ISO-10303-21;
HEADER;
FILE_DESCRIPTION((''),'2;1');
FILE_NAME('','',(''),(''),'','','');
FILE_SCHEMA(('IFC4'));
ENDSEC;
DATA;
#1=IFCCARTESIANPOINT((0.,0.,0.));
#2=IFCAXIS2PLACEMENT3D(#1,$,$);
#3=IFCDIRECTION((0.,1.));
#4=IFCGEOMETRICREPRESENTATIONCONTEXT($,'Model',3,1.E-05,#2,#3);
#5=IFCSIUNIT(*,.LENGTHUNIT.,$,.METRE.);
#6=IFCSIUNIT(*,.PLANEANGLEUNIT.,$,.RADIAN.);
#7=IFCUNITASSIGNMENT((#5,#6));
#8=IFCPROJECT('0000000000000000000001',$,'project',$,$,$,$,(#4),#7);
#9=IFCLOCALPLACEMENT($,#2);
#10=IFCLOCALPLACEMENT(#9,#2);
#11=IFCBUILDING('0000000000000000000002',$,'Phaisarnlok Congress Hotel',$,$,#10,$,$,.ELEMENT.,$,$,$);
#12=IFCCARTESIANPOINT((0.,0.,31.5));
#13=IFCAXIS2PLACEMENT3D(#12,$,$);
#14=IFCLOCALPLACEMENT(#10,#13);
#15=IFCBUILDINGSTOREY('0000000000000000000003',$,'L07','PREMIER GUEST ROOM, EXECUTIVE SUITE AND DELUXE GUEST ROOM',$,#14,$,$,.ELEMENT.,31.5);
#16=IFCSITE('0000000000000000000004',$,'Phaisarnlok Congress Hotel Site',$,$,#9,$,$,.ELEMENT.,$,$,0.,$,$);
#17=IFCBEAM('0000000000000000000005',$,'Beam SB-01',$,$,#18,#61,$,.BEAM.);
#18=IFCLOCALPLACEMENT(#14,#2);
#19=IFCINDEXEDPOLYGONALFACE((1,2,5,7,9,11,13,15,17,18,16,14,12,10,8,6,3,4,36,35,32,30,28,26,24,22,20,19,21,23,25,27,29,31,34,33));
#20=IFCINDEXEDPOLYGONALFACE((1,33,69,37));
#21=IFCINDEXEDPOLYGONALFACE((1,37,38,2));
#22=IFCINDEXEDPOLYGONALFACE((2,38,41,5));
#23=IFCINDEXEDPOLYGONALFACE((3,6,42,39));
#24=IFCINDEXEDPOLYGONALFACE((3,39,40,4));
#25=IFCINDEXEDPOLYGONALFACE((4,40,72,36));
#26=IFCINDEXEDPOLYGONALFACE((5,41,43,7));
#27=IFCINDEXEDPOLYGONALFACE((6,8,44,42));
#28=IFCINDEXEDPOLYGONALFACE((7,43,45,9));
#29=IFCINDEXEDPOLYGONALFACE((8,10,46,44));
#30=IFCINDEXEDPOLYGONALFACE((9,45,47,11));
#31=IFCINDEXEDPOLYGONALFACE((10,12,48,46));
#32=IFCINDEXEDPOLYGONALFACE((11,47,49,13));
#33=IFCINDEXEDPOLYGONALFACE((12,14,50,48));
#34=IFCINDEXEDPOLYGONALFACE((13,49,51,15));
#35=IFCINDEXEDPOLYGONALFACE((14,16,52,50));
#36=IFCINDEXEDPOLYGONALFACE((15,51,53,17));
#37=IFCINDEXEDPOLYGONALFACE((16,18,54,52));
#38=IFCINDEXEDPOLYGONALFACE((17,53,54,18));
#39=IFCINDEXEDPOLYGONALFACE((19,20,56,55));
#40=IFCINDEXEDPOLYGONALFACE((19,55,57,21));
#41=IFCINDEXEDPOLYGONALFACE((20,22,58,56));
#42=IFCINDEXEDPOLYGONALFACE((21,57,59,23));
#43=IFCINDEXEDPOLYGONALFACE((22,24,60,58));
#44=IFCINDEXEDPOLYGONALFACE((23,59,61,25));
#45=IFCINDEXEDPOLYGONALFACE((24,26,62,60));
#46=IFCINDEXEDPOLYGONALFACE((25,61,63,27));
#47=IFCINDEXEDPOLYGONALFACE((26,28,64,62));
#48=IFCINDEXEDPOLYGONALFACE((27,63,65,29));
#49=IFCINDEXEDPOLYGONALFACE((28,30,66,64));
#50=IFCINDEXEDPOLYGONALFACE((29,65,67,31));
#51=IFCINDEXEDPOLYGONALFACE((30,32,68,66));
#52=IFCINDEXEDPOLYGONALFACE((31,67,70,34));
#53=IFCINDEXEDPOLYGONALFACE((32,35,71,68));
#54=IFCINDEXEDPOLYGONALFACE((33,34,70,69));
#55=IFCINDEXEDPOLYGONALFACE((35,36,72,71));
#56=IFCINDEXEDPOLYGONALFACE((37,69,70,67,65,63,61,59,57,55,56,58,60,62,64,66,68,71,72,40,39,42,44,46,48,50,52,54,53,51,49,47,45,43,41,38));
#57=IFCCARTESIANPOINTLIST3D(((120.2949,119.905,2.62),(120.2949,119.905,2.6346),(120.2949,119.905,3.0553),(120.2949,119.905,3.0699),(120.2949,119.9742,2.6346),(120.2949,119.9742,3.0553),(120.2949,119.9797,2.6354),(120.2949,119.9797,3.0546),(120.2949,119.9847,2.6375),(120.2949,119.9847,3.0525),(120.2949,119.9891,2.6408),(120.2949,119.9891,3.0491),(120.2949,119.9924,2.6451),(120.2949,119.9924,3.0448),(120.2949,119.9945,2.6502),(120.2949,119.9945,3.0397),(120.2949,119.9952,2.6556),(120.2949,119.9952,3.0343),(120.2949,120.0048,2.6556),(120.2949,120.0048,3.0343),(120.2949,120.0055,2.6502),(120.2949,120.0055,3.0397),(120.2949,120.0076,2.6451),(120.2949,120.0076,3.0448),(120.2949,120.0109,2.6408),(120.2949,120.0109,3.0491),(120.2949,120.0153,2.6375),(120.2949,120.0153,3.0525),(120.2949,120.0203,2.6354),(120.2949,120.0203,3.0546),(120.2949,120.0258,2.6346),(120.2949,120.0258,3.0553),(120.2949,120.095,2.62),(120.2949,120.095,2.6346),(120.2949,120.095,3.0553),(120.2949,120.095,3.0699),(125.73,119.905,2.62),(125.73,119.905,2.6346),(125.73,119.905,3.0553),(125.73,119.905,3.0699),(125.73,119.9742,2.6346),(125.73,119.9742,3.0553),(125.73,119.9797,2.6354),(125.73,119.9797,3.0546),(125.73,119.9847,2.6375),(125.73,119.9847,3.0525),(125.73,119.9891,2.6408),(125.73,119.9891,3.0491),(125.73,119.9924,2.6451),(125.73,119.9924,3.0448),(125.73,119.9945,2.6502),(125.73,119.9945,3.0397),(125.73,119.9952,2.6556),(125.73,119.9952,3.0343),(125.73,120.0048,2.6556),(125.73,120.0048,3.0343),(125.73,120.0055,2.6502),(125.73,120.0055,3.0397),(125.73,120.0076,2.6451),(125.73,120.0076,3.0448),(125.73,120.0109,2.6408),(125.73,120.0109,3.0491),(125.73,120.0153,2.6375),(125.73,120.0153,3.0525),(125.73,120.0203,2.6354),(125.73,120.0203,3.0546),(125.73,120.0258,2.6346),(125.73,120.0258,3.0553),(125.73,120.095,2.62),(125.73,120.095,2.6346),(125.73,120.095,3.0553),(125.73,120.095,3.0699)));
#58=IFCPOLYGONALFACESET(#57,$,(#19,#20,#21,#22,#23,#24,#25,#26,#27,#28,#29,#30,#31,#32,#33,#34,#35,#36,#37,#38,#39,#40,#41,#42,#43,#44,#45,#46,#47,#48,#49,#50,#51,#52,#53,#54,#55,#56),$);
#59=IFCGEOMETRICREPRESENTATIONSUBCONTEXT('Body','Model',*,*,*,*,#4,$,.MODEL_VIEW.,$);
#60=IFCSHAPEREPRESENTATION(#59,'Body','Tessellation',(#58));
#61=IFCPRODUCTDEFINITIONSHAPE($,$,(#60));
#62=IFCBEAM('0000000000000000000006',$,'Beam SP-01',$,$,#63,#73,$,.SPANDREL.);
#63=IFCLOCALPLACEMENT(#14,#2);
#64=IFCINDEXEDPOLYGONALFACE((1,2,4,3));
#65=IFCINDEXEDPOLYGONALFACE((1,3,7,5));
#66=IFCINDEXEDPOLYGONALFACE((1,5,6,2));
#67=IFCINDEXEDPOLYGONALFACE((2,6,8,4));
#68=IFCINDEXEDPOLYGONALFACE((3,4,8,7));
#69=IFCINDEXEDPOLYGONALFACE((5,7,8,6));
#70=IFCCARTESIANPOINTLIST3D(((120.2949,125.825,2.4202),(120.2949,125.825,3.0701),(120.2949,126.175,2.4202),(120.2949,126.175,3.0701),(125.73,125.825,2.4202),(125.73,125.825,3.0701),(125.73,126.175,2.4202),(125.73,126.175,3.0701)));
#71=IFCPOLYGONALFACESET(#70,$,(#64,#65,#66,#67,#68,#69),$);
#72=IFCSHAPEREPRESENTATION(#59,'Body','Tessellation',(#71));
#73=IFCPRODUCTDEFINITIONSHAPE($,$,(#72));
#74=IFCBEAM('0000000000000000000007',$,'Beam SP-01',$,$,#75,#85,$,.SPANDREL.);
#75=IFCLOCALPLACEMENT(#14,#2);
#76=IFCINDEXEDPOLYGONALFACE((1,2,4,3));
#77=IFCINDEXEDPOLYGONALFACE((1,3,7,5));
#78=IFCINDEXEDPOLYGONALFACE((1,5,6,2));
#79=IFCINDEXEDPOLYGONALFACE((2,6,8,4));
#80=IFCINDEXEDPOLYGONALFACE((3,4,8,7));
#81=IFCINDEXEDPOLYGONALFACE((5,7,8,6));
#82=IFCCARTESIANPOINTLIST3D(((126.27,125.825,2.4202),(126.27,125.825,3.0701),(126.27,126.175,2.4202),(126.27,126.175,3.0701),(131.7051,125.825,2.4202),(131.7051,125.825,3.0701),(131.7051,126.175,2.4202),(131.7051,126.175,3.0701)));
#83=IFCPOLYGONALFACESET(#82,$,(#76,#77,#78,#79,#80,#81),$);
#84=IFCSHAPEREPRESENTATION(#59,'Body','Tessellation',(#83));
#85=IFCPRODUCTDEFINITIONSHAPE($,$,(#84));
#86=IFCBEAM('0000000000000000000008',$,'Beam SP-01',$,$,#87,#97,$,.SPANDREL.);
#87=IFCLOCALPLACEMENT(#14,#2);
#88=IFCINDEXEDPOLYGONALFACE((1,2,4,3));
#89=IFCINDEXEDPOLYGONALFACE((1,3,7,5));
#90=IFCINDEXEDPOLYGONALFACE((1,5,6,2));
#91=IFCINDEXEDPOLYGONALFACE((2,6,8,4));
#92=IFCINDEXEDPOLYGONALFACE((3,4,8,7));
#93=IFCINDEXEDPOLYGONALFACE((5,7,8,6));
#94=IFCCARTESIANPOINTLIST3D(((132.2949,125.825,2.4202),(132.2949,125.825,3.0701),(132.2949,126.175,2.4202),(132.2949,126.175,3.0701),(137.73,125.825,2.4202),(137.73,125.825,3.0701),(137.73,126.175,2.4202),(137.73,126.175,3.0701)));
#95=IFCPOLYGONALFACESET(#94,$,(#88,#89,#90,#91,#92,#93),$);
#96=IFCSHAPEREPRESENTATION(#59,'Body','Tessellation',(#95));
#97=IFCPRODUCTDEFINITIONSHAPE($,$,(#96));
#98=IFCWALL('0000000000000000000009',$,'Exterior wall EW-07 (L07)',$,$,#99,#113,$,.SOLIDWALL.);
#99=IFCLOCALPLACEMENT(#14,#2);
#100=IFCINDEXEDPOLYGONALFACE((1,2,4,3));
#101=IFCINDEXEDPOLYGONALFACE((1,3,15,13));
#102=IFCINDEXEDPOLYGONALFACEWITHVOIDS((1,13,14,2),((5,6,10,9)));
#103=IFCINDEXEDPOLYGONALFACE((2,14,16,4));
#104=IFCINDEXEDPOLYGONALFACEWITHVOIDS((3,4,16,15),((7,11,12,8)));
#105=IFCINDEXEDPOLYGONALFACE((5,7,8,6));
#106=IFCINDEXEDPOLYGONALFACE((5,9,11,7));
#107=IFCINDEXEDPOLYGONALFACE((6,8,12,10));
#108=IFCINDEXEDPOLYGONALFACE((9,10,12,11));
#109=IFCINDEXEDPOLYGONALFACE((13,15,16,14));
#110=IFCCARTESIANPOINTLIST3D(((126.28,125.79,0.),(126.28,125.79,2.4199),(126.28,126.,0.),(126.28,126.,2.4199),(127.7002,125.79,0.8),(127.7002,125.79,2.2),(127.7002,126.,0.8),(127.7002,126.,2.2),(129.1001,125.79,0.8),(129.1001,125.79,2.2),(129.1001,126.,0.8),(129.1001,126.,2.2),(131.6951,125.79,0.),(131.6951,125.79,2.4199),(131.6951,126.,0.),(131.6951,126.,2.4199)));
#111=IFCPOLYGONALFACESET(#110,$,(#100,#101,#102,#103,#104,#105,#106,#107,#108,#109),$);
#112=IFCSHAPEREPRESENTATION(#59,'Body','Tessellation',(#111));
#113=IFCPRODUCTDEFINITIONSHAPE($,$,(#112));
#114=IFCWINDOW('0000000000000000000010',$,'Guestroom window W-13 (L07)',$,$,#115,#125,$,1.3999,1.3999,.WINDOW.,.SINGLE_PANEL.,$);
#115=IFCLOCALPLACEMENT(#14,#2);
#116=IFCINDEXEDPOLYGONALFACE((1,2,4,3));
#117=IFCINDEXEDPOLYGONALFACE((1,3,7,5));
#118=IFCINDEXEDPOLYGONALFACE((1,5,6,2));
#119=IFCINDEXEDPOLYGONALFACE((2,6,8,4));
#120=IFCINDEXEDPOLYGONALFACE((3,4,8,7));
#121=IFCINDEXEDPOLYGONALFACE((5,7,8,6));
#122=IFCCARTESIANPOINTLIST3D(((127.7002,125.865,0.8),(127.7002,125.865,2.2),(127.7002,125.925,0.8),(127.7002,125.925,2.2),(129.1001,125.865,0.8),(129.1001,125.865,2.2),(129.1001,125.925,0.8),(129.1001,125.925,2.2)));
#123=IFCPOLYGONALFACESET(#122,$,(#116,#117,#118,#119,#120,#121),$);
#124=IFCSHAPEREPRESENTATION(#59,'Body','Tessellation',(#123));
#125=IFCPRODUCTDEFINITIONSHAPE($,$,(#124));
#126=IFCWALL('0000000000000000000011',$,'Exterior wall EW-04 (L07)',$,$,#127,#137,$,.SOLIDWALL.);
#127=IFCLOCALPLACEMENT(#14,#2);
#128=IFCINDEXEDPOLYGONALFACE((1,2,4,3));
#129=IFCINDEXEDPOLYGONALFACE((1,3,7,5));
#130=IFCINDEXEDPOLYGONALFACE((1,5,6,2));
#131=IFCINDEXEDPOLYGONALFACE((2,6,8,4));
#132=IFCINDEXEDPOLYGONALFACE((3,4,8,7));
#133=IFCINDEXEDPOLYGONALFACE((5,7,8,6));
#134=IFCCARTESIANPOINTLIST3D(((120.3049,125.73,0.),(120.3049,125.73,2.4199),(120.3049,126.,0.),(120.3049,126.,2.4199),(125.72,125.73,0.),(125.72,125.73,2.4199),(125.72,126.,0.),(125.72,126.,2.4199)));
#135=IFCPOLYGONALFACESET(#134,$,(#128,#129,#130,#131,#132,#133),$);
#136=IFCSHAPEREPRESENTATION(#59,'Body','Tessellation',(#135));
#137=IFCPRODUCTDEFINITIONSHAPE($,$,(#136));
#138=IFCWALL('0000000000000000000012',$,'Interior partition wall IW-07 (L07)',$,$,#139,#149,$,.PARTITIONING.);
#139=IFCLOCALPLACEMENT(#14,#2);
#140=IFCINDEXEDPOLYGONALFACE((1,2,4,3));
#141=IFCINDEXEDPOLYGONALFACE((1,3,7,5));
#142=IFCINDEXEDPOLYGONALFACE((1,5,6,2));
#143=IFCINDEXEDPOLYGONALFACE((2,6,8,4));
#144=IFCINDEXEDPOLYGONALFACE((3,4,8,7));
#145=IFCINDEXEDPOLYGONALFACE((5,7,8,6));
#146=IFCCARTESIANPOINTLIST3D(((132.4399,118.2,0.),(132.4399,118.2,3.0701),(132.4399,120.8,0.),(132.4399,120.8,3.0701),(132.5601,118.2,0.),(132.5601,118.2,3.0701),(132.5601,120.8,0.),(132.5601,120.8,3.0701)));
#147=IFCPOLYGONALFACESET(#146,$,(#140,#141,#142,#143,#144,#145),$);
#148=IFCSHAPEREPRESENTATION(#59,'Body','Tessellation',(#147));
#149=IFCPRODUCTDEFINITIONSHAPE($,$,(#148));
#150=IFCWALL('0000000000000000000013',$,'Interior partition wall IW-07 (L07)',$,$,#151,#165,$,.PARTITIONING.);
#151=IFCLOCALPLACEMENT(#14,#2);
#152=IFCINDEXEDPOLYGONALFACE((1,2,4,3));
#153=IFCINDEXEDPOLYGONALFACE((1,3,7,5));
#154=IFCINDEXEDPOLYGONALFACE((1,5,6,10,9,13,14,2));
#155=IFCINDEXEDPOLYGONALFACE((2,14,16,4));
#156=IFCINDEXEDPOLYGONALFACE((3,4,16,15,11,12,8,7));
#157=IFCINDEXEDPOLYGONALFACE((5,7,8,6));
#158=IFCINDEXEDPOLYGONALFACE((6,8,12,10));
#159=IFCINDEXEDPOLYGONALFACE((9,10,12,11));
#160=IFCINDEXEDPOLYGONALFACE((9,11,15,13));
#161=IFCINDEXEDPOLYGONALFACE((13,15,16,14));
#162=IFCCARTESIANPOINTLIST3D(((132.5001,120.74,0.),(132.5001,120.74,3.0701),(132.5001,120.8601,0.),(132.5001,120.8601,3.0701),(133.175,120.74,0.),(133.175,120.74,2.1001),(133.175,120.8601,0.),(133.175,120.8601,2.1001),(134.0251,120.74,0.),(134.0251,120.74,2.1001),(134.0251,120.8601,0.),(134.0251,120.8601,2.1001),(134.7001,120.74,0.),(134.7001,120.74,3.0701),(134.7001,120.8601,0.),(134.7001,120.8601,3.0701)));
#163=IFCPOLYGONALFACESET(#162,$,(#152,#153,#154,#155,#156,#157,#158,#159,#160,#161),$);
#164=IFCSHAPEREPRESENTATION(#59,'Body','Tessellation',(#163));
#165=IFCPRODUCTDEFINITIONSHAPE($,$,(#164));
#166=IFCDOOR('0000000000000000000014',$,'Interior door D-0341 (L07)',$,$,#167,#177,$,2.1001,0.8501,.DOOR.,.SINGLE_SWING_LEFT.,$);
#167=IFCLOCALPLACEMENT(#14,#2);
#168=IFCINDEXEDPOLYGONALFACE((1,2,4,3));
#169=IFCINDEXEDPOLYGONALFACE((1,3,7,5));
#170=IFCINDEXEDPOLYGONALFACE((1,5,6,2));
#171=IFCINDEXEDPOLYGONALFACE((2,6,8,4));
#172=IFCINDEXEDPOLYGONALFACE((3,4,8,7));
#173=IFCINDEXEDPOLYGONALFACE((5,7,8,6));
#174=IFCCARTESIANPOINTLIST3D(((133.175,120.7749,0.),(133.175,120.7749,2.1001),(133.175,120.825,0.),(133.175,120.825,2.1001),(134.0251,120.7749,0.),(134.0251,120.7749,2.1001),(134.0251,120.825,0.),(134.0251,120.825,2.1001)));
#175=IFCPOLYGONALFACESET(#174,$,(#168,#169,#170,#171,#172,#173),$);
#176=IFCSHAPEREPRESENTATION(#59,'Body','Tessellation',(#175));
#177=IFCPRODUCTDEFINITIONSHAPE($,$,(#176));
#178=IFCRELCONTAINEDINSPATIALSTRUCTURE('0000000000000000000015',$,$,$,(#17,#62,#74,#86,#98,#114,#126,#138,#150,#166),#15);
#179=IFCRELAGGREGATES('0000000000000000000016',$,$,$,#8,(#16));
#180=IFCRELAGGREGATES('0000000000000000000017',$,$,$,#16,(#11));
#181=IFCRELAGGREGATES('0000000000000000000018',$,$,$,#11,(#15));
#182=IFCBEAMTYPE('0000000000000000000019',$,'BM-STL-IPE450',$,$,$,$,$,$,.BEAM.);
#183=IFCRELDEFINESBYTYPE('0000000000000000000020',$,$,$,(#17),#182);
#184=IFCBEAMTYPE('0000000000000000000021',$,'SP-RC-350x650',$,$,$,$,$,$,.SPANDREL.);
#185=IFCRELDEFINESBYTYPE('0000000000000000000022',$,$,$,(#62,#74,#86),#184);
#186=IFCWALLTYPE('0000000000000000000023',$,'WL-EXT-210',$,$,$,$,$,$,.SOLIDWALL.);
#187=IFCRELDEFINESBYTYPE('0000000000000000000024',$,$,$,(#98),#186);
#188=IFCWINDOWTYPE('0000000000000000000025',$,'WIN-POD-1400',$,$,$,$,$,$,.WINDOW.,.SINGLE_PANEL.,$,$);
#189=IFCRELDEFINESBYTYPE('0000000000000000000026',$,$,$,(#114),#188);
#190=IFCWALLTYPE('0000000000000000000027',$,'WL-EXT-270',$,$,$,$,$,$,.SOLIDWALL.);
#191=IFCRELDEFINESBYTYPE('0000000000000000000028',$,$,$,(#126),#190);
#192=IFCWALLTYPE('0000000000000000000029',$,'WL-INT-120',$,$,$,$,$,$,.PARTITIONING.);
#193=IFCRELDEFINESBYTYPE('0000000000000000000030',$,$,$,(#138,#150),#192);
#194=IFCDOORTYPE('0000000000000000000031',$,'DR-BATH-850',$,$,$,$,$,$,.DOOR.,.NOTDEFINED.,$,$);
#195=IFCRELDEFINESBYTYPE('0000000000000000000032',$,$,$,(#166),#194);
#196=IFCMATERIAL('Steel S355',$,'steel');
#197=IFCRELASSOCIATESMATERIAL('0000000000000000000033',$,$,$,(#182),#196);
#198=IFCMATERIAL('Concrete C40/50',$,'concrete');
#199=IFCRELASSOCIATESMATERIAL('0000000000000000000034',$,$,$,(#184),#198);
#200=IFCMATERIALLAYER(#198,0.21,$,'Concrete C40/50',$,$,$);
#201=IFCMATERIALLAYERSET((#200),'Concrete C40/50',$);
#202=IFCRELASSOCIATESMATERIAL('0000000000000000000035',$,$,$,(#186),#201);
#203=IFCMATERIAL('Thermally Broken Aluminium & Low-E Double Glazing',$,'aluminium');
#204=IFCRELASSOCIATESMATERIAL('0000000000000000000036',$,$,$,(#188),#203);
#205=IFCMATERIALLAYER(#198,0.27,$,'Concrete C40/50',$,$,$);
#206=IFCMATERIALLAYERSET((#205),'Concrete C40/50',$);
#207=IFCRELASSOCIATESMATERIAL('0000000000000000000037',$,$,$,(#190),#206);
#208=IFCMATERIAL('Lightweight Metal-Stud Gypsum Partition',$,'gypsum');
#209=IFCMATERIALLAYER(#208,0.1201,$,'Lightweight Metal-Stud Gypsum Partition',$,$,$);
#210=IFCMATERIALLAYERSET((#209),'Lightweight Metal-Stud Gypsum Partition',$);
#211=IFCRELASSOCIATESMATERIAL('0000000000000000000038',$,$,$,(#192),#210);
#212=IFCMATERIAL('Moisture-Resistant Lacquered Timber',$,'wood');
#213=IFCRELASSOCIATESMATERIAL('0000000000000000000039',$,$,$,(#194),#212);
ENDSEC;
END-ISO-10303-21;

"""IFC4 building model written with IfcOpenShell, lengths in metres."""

from ifc_helpers import new_model, si_unit, direction, frame, frame_2d, origin, origin_2d, place, context, subcontext, project, spatial, rectangle, i_section, extrude, material, layer, layer_set, material_profile, profile_set, type_object, element, fill, save


model = new_model("IFC4")

# Units and contexts
model_context = context("Model", 3, precision=1e-05, world=origin(), true_north=direction((0.0, 1.0)))
body_context = subcontext(model_context, "Body", "Model", "MODEL_VIEW")
ifc_project = project(units=[si_unit("LENGTHUNIT", "METRE"), si_unit("PLANEANGLEUNIT", "RADIAN")], contexts=[model_context])

# Site, building, storey
site_placement = place(None, origin())
site = spatial("IfcSite", under=ifc_project, at=site_placement, Name="Phaisarnlok Congress Hotel Site", CompositionType="ELEMENT", RefElevation=0.0)
building_placement = place(site_placement, origin())
building = spatial("IfcBuilding", under=site, at=building_placement, Name="Phaisarnlok Congress Hotel", CompositionType="ELEMENT")
storey_placement = place(building_placement, frame((0.0, 0.0, 31.5)))
storey = spatial("IfcBuildingStorey", under=building, at=storey_placement, Name="L07", Description="PREMIER GUEST ROOM, EXECUTIVE SUITE AND DELUXE GUEST ROOM", CompositionType="ELEMENT", Elevation=31.5)

# Beams
ifc_material_1 = material(Name="Concrete C40/50", Category="concrete")
ifc_material_2 = material(Name="Steel S355", Category="steel")
ifc_material_profile_1 = material_profile(ifc_material_2, i_section(OverallWidth=0.1899, OverallDepth=0.45, WebThickness=0.0095, FlangeThickness=0.0146, FilletRadius=0.021, at=origin_2d()), Name="IPE 450")
ifc_profile_set_1 = profile_set([ifc_material_profile_1], Name="Steel S355")
beam_type_1 = type_object("IfcBeamType", Name="BM-STL-IPE450", PredefinedType="BEAM", material=ifc_profile_set_1)
beam_1_placement = place(storey_placement, frame((120.2949, 120.0, 2.845), z_axis=(1.0, 0.0, 0.0), x_axis=(0.0, 1.0, 0.0)))
element("IfcBeam", 1, at=beam_1_placement, inside=storey, type_object=beam_type_1, Name="Beam SB-01", PredefinedType="BEAM", context=body_context, shape_type="SweptSolid", body=[
    extrude(i_section(OverallWidth=0.1899, OverallDepth=0.45, WebThickness=0.0095, FlangeThickness=0.0146, FilletRadius=0.021, at=origin_2d()), origin(), (0.0, 0.0, 1.0), 5.4351),
])
ifc_material_profile_2 = material_profile(ifc_material_1, rectangle(XDim=0.3501, YDim=0.6499, at=origin_2d()), Name="RC 350x650")
ifc_profile_set_2 = profile_set([ifc_material_profile_2], Name="Concrete C40/50")
beam_type_2 = type_object("IfcBeamType", Name="SP-RC-350x650", PredefinedType="SPANDREL", material=ifc_profile_set_2)
for number, where, z_axis, x_axis, name in (
    (2, (120.2949, 126.0, 2.7451), (1.0, 0.0, 0.0), (0.0, 1.0, 0.0), "Beam SP-01"),
    (3, (126.27, 126.0, 2.7451), (1.0, 0.0, 0.0), (0.0, 1.0, 0.0), "Beam SP-01"),
    (4, (132.2949, 126.0, 2.7451), (1.0, 0.0, 0.0), (0.0, 1.0, 0.0), "Beam SP-01"),
):
    element("IfcBeam", number, at=place(storey_placement, frame(where, z_axis=z_axis, x_axis=x_axis)), inside=storey, type_object=beam_type_2, Name=name, PredefinedType="SPANDREL", context=body_context, shape_type="SweptSolid", body=[
        extrude(rectangle(XDim=0.3501, YDim=0.6499, at=origin_2d()), origin(), (0.0, 0.0, 1.0), 5.4351),
    ])

# Wall, opening, window
ifc_layer_1 = layer(ifc_material_1, 0.21, Name="Concrete C40/50")
ifc_layer_set_1 = layer_set([ifc_layer_1], Name="Concrete C40/50")
wall_type_1 = type_object("IfcWallType", Name="WL-EXT-210", PredefinedType="SOLIDWALL", material=ifc_layer_set_1)
wall_1_placement = place(storey_placement, frame((131.6951, 125.895, 0.0), z_axis=(0.0, 0.0, 1.0), x_axis=(-1.0, 0.0, 0.0)))
wall_1 = element("IfcWall", 5, at=wall_1_placement, inside=storey, type_object=wall_type_1, Name="Exterior wall EW-07 (L07)", PredefinedType="SOLIDWALL", context=body_context, shape_type="SweptSolid", body=[
    extrude(rectangle(XDim=5.415, YDim=0.21, at=frame_2d((2.7075, 0.0))), origin(), (0.0, 0.0, 1.0), 2.4199),
])
opening_1_placement = place(wall_1_placement, frame((2.595, 0.0, 0.8)))
opening_1 = element("IfcOpeningElement", 6, at=opening_1_placement, cuts=wall_1, PredefinedType="OPENING", context=body_context, shape_type="SweptSolid", body=[
    extrude(rectangle(XDim=1.3999, YDim=1.3999, at=frame_2d((0.7, 0.7))), frame((0.0, 0.115, 0.0), z_axis=(0.0, -1.0, 0.0), x_axis=(1.0, 0.0, 0.0)), (0.0, 0.0, 1.0), 0.23),
])
ifc_material_3 = material(Name="Thermally Broken Aluminium & Low-E Double Glazing", Category="aluminium")
window_type = type_object("IfcWindowType", Name="WIN-POD-1400", PartitioningType="SINGLE_PANEL", PredefinedType="WINDOW", material=ifc_material_3)
window_placement = place(opening_1_placement, origin())
window = element("IfcWindow", 7, at=window_placement, inside=storey, type_object=window_type, Name="Guestroom window W-13 (L07)", OverallHeight=1.3999, OverallWidth=1.3999, PartitioningType="SINGLE_PANEL", PredefinedType="WINDOW", context=body_context, shape_type="SweptSolid", body=[
    extrude(rectangle(XDim=1.3999, YDim=1.3999, at=frame_2d((0.7, 0.7))), frame((0.0, 0.03, 0.0), z_axis=(0.0, -1.0, 0.0), x_axis=(1.0, 0.0, 0.0)), (0.0, 0.0, 1.0), 0.0601),
])
fill(opening_1, window)

# Walls
ifc_layer_2 = layer(ifc_material_1, 0.27, Name="Concrete C40/50")
ifc_layer_set_2 = layer_set([ifc_layer_2], Name="Concrete C40/50")
wall_type_2 = type_object("IfcWallType", Name="WL-EXT-270", PredefinedType="SOLIDWALL", material=ifc_layer_set_2)
wall_2_placement = place(storey_placement, frame((125.72, 125.865, 0.0), z_axis=(0.0, 0.0, 1.0), x_axis=(-1.0, 0.0, 0.0)))
element("IfcWall", 8, at=wall_2_placement, inside=storey, type_object=wall_type_2, Name="Exterior wall EW-04 (L07)", PredefinedType="SOLIDWALL", context=body_context, shape_type="SweptSolid", body=[
    extrude(rectangle(XDim=5.415, YDim=0.27, at=frame_2d((2.7075, 0.0))), origin(), (0.0, 0.0, 1.0), 2.4199),
])
ifc_material_4 = material(Name="Lightweight Metal-Stud Gypsum Partition", Category="gypsum")
ifc_layer_3 = layer(ifc_material_4, 0.1201, Name="Lightweight Metal-Stud Gypsum Partition")
ifc_layer_set_3 = layer_set([ifc_layer_3], Name="Lightweight Metal-Stud Gypsum Partition")
wall_type_3 = type_object("IfcWallType", Name="WL-INT-120", PredefinedType="PARTITIONING", material=ifc_layer_set_3)
wall_3_placement = place(storey_placement, frame((132.5, 118.2, 0.0), z_axis=(0.0, 0.0, 1.0), x_axis=(0.0, 1.0, 0.0)))
element("IfcWall", 9, at=wall_3_placement, inside=storey, type_object=wall_type_3, Name="Interior partition wall IW-07 (L07)", PredefinedType="PARTITIONING", context=body_context, shape_type="SweptSolid", body=[
    extrude(rectangle(XDim=2.6001, YDim=0.1201, at=frame_2d((1.3, 0.0))), origin(), (0.0, 0.0, 1.0), 3.0701),
])

# Wall, opening, door
wall_4_placement = place(storey_placement, frame((132.5, 120.8, 0.0), z_axis=(0.0, 0.0, 1.0), x_axis=(1.0, 0.0, 0.0)))
wall_4 = element("IfcWall", 10, at=wall_4_placement, inside=storey, type_object=wall_type_3, Name="Interior partition wall IW-07 (L07)", PredefinedType="PARTITIONING", context=body_context, shape_type="SweptSolid", body=[
    extrude(rectangle(XDim=2.2, YDim=0.1201, at=frame_2d((1.1001, 0.0))), origin(), (0.0, 0.0, 1.0), 3.0701),
])
opening_2_placement = place(wall_4_placement, frame((0.675, 0.0, 0.0)))
opening_2 = element("IfcOpeningElement", 11, at=opening_2_placement, cuts=wall_4, PredefinedType="OPENING", context=body_context, shape_type="SweptSolid", body=[
    extrude(rectangle(XDim=0.8501, YDim=2.1001, at=frame_2d((0.425, 1.05))), frame((0.0, 0.0701, 0.0), z_axis=(0.0, -1.0, 0.0), x_axis=(1.0, 0.0, 0.0)), (0.0, 0.0, 1.0), 0.1401),
])
ifc_material_5 = material(Name="Moisture-Resistant Lacquered Timber", Category="wood")
door_type = type_object("IfcDoorType", Name="DR-BATH-850", OperationType="NOTDEFINED", PredefinedType="DOOR", material=ifc_material_5)
door_1_placement = place(opening_2_placement, origin())
door_1 = element("IfcDoor", 12, at=door_1_placement, inside=storey, type_object=door_type, Name="Interior door D-0341 (L07)", OperationType="SINGLE_SWING_LEFT", OverallHeight=2.1001, OverallWidth=0.8501, PredefinedType="DOOR", context=body_context, shape_type="SweptSolid", body=[
    extrude(rectangle(XDim=0.8501, YDim=2.1001, at=frame_2d((0.425, 1.05))), frame((0.0, 0.0249, 0.0), z_axis=(0.0, -1.0, 0.0), x_axis=(1.0, 0.0, 0.0)), (0.0, 0.0, 1.0), 0.05),
])
fill(opening_2, door_1)

save(model, "model.ifc")
